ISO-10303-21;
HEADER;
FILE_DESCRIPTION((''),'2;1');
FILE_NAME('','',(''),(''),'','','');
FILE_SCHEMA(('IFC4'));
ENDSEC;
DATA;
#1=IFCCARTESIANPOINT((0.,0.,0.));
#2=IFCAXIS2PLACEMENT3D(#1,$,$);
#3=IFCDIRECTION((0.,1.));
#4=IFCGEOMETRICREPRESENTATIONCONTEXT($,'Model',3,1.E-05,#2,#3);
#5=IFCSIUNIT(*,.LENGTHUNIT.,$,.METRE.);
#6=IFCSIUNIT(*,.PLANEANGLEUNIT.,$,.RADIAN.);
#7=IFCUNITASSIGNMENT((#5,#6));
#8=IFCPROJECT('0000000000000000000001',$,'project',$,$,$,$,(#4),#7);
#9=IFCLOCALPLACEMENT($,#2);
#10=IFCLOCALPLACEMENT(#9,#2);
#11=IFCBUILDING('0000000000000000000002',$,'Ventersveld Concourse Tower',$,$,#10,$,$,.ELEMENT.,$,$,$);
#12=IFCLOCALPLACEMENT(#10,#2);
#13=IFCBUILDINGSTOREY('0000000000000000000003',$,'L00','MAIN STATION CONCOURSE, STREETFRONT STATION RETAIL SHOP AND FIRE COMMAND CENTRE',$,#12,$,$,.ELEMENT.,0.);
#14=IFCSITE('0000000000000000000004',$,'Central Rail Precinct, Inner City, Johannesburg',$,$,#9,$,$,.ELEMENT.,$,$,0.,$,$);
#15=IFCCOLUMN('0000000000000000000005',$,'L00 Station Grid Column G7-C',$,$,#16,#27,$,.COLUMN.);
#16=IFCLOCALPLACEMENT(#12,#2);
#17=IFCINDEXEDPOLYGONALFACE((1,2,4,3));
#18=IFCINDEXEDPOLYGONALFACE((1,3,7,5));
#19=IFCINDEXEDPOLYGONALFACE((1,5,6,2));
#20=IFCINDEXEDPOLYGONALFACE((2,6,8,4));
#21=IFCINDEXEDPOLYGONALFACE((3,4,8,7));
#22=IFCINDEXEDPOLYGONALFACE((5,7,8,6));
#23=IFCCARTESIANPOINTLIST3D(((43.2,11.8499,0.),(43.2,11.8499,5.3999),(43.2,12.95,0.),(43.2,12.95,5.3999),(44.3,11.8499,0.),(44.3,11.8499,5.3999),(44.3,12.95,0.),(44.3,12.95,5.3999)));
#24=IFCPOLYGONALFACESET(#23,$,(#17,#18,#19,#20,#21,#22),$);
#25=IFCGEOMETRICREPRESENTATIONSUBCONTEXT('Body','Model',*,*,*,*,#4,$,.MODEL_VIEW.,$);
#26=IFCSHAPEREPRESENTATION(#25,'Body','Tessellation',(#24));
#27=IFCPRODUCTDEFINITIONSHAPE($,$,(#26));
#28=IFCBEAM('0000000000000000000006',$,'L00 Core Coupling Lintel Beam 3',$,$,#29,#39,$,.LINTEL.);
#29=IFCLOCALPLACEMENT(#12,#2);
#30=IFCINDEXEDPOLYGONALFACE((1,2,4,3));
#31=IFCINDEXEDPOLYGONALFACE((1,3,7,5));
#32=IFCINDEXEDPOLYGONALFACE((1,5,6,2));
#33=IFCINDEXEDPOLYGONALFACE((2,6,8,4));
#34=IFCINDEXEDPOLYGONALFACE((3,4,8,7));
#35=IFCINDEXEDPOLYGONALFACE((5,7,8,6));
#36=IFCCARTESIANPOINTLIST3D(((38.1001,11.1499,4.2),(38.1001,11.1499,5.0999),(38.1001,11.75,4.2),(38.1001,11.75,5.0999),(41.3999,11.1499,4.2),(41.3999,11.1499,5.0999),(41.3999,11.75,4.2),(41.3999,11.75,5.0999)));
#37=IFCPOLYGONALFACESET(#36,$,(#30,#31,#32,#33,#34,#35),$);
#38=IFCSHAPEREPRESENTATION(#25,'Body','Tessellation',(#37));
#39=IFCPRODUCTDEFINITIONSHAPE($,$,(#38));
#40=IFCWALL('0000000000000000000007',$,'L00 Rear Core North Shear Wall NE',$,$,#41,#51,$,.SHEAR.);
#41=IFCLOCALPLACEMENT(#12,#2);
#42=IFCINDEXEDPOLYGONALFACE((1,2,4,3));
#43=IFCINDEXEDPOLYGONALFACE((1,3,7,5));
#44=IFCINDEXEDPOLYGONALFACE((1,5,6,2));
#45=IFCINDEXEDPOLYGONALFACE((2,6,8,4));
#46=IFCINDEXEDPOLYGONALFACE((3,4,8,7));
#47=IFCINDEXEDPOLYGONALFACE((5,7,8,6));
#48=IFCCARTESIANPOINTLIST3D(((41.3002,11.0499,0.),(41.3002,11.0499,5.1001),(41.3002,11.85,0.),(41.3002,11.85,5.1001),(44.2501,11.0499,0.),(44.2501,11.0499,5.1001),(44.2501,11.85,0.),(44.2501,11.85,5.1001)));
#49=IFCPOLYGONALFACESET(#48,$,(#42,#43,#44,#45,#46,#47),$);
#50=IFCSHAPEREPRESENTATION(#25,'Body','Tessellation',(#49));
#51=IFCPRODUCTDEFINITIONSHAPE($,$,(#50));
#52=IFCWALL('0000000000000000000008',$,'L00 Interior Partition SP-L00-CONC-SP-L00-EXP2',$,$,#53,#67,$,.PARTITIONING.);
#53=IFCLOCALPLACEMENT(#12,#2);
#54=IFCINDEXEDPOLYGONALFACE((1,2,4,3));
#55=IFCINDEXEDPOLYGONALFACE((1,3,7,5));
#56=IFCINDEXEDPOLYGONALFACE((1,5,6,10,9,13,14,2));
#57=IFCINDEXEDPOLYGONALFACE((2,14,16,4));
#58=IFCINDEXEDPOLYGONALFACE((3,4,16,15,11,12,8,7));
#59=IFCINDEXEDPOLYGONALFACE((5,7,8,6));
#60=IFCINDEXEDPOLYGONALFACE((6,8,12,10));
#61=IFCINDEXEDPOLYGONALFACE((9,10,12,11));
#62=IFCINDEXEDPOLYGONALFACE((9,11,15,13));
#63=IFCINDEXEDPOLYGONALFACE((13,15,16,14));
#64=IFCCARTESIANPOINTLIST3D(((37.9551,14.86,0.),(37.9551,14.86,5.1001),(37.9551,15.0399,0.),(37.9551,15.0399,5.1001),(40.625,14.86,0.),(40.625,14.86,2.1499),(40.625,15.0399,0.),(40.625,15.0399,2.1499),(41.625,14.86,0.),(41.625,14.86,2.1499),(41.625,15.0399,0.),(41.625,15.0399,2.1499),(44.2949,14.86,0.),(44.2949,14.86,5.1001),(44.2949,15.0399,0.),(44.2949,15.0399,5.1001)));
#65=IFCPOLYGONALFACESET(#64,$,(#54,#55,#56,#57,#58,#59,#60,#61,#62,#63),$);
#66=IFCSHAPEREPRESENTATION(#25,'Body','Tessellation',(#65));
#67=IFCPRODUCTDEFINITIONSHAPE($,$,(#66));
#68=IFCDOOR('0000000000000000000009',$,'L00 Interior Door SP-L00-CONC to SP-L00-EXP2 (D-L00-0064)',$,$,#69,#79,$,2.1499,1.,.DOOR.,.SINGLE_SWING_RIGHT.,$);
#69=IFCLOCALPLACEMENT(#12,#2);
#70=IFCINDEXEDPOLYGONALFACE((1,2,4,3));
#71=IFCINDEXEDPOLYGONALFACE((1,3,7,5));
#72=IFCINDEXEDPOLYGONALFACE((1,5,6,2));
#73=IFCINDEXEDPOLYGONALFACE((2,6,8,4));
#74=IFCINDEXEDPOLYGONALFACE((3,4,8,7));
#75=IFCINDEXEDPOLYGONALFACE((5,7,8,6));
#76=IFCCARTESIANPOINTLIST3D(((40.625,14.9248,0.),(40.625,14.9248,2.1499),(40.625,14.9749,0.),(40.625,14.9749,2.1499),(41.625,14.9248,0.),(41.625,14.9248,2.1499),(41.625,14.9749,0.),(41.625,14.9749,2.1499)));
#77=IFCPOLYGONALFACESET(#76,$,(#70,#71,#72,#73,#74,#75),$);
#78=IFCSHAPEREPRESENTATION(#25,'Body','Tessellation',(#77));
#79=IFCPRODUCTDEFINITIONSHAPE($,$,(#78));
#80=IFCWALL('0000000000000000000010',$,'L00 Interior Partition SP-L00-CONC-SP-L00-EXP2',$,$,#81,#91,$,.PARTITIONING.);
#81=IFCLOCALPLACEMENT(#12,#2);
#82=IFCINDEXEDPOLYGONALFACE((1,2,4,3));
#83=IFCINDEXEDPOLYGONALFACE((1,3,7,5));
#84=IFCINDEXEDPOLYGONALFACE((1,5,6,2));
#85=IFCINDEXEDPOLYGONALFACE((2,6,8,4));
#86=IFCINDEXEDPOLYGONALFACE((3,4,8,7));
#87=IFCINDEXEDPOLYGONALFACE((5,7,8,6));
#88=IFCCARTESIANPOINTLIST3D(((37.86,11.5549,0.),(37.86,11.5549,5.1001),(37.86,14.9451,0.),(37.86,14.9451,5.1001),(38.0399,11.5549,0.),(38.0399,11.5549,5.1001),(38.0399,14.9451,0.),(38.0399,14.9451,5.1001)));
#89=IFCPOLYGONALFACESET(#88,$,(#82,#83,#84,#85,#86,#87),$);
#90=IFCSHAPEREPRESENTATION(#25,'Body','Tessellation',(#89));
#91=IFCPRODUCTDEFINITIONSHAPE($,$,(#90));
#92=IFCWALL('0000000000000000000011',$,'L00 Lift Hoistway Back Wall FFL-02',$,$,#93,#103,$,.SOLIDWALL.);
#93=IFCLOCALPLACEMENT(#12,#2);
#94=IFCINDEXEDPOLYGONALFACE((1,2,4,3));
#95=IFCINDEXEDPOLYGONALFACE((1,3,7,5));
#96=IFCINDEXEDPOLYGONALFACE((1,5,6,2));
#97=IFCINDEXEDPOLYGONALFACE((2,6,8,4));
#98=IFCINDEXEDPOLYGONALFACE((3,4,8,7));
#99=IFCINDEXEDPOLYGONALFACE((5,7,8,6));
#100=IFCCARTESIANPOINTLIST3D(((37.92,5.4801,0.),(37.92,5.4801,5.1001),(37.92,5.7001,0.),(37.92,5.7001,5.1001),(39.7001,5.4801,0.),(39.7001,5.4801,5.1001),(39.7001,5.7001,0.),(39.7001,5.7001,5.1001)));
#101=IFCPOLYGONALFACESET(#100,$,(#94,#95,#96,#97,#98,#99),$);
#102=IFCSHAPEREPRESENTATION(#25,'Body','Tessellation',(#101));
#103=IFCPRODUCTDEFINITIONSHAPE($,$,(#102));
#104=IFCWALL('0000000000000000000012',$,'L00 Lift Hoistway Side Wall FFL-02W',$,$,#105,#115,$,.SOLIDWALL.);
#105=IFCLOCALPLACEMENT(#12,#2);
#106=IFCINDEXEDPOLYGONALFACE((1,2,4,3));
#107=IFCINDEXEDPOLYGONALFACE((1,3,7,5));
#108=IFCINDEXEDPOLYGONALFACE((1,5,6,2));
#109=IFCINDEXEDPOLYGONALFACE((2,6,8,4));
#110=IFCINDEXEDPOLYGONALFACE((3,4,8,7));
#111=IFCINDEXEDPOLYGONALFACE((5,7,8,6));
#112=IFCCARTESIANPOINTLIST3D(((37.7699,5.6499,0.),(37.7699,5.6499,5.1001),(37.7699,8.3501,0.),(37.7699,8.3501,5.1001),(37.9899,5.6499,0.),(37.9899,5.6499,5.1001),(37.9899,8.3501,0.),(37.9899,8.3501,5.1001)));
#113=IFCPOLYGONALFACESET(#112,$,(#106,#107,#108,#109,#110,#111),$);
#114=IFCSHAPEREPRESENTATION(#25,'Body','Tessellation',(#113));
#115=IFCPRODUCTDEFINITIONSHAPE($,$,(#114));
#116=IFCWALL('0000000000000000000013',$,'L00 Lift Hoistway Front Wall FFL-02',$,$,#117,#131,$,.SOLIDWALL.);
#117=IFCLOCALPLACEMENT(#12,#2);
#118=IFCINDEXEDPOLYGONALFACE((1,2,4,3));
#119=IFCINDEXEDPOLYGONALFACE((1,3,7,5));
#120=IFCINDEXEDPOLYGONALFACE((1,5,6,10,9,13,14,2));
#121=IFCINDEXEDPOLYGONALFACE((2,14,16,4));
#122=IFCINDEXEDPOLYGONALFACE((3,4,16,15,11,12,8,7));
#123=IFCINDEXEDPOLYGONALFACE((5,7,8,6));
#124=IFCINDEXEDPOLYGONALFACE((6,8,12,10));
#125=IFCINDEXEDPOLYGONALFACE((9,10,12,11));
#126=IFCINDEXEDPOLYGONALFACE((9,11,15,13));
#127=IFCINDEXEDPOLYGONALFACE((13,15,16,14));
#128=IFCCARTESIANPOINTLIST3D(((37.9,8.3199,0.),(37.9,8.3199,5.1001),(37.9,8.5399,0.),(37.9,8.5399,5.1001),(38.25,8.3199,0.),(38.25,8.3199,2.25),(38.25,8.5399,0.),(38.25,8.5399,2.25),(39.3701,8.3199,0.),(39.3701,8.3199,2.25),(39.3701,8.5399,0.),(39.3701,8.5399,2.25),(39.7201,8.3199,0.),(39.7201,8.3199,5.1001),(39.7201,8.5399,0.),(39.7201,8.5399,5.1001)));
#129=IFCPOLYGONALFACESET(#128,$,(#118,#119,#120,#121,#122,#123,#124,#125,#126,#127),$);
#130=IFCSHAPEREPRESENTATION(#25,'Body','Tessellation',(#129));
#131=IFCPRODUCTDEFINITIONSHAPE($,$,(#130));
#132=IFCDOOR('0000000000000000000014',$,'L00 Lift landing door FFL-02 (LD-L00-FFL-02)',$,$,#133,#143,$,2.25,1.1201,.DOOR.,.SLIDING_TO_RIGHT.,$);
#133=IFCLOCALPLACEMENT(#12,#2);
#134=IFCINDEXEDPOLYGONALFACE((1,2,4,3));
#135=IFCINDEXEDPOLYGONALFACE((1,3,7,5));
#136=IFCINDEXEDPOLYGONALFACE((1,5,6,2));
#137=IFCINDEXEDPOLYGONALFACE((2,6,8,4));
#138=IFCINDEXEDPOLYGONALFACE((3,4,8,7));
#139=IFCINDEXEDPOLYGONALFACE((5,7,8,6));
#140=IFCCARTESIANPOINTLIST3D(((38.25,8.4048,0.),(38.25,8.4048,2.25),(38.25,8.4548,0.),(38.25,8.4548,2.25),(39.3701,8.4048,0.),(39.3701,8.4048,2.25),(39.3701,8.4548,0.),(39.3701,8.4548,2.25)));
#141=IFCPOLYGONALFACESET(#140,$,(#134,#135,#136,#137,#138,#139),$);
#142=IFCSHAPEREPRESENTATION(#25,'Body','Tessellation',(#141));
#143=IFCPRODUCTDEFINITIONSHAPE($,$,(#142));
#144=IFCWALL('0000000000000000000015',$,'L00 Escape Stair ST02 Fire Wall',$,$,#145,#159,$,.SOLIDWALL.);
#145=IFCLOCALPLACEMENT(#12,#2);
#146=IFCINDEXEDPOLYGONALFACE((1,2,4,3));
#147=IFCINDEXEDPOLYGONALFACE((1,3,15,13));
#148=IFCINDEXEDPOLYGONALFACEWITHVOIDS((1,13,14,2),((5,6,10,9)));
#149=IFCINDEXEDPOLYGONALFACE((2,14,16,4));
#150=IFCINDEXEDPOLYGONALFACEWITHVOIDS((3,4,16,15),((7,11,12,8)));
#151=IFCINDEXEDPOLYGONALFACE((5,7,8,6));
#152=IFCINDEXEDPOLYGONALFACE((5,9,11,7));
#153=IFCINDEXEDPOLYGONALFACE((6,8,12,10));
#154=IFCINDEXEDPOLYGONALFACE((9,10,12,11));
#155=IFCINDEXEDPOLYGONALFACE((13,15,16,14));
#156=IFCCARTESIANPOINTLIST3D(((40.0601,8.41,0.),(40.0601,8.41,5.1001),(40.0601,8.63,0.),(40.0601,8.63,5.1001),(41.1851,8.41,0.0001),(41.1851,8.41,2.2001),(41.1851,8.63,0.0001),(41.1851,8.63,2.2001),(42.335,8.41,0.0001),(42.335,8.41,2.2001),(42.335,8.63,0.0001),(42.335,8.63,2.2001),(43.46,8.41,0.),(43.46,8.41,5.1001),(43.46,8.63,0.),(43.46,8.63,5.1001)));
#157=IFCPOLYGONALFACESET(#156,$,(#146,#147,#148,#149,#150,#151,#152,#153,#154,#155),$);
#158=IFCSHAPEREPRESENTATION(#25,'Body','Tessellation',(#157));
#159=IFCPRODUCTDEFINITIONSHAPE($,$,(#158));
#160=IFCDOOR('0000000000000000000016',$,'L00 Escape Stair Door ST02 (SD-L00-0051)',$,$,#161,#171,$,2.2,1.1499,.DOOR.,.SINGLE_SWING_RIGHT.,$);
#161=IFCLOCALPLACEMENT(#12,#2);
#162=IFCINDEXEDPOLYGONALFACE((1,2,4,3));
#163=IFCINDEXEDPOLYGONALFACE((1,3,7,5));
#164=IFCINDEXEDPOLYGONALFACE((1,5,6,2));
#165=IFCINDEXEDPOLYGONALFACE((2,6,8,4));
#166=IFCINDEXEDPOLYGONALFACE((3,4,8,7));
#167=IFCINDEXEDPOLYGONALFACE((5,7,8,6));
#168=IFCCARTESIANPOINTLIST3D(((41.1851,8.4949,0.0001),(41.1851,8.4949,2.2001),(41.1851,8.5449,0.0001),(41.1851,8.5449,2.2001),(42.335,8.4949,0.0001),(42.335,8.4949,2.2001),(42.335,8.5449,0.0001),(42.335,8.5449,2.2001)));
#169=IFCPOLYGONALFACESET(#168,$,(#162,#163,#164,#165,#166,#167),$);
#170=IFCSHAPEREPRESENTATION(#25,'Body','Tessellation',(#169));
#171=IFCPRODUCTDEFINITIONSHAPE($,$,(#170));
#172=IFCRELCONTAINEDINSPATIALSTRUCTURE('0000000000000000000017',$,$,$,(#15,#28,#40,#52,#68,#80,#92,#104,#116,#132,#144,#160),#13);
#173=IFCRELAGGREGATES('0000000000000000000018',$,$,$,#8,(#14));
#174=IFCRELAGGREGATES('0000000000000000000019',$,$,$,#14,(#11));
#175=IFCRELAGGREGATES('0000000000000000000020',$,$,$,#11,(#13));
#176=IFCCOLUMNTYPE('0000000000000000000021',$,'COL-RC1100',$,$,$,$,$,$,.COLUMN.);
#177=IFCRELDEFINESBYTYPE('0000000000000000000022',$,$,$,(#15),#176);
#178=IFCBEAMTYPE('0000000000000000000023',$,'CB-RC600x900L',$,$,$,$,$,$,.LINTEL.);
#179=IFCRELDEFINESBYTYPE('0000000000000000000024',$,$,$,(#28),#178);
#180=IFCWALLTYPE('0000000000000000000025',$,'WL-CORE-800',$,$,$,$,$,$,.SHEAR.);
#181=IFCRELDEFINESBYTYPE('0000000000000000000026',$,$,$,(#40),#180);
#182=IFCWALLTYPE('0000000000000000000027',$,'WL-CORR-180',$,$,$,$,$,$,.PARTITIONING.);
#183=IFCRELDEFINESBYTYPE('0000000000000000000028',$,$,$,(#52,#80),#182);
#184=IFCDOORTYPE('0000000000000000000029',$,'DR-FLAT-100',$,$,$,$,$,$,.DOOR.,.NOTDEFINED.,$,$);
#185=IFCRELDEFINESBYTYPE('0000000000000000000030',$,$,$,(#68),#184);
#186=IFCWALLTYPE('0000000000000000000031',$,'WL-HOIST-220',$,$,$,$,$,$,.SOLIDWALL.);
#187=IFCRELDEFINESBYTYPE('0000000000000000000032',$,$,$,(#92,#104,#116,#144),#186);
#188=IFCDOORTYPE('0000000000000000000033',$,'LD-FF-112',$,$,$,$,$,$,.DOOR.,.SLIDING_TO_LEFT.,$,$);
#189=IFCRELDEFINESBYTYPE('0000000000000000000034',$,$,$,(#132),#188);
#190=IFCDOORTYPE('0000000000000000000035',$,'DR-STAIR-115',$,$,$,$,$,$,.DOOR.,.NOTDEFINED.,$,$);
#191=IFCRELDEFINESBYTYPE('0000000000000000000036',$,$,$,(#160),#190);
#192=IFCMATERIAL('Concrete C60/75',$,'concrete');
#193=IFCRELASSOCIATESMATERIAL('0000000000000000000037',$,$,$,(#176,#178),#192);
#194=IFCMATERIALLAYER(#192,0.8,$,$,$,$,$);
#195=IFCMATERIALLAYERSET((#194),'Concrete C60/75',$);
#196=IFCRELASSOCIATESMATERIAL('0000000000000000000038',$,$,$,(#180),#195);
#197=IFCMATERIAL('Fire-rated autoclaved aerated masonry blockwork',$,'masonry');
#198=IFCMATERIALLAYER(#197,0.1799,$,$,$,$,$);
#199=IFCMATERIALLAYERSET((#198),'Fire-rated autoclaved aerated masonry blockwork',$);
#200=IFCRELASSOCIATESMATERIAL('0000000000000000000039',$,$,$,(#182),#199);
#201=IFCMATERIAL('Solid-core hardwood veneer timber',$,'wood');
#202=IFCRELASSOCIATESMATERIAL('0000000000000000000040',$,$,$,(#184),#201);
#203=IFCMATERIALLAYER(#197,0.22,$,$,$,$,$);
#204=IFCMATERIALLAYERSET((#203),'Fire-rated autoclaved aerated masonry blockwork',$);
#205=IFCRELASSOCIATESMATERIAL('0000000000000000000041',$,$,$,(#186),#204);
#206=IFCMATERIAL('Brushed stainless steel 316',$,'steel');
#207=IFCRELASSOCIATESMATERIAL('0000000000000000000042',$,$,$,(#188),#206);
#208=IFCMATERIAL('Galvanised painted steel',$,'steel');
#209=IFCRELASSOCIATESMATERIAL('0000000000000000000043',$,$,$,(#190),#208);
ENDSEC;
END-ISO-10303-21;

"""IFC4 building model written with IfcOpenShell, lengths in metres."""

from ifc_helpers import new_model, si_unit, direction, frame, frame_2d, origin, origin_2d, place, context, subcontext, project, spatial, rectangle, extrude, material, layer, layer_set, material_profile, profile_set, type_object, element, fill, save


model = new_model("IFC4")

# Units and contexts
model_context = context("Model", 3, precision=1e-05, world=origin(), true_north=direction((0.0, 1.0)))
body_context = subcontext(model_context, "Body", "Model", "MODEL_VIEW")
ifc_project = project(units=[si_unit("LENGTHUNIT", "METRE"), si_unit("PLANEANGLEUNIT", "RADIAN")], contexts=[model_context])

# Site, building, storey
site_placement = place(None, origin())
site = spatial("IfcSite", under=ifc_project, at=site_placement, Name="Central Rail Precinct, Inner City, Johannesburg", CompositionType="ELEMENT", RefElevation=0.0)
building_placement = place(site_placement, origin())
building = spatial("IfcBuilding", under=site, at=building_placement, Name="Ventersveld Concourse Tower", CompositionType="ELEMENT")
storey_placement = place(building_placement, origin())
storey = spatial("IfcBuildingStorey", under=building, at=storey_placement, Name="L00", Description="MAIN STATION CONCOURSE, STREETFRONT STATION RETAIL SHOP AND FIRE COMMAND CENTRE", CompositionType="ELEMENT", Elevation=0.0)

# Column
ifc_material_1 = material(Name="Concrete C60/75", Category="concrete")
ifc_material_profile_1 = material_profile(ifc_material_1, rectangle(XDim=1.1001, YDim=1.1001, at=origin_2d()), Name="RC 1100x1100")
ifc_profile_set_1 = profile_set([ifc_material_profile_1], Name="Concrete C60/75")
column_type = type_object("IfcColumnType", Name="COL-RC1100", PredefinedType="COLUMN", material=ifc_profile_set_1)
column_placement = place(storey_placement, frame((43.75, 12.3999, 0.0), z_axis=(0.0, 0.0, 1.0), x_axis=(1.0, 0.0, 0.0)))
element("IfcColumn", 1, at=column_placement, inside=storey, type_object=column_type, Name="L00 Station Grid Column G7-C", PredefinedType="COLUMN", context=body_context, shape_type="SweptSolid", body=[
    extrude(rectangle(XDim=1.1001, YDim=1.1001, at=origin_2d()), origin(), (0.0, 0.0, 1.0), 5.3999),
])

# Beam
ifc_material_profile_2 = material_profile(ifc_material_1, rectangle(XDim=0.6001, YDim=0.8999, at=origin_2d()), Name="RC 600x900")
ifc_profile_set_2 = profile_set([ifc_material_profile_2], Name="Concrete C60/75")
beam_type = type_object("IfcBeamType", Name="CB-RC600x900L", PredefinedType="LINTEL", material=ifc_profile_set_2)
beam_placement = place(storey_placement, frame((38.1001, 11.45, 4.6499), z_axis=(1.0, 0.0, 0.0), x_axis=(0.0, 1.0, 0.0)))
element("IfcBeam", 2, at=beam_placement, inside=storey, type_object=beam_type, Name="L00 Core Coupling Lintel Beam 3", PredefinedType="LINTEL", context=body_context, shape_type="SweptSolid", body=[
    extrude(rectangle(XDim=0.6001, YDim=0.8999, at=origin_2d()), origin(), (0.0, 0.0, 1.0), 3.2998),
])

# Wall
ifc_layer_1 = layer(ifc_material_1, 0.8)
ifc_layer_set_1 = layer_set([ifc_layer_1], Name="Concrete C60/75")
wall_type_1 = type_object("IfcWallType", Name="WL-CORE-800", PredefinedType="SHEAR", material=ifc_layer_set_1)
wall_1_placement = place(storey_placement, frame((41.3, 11.45, 0.0), z_axis=(0.0, 0.0, 1.0), x_axis=(1.0, 0.0, 0.0)))
element("IfcWall", 3, at=wall_1_placement, inside=storey, type_object=wall_type_1, Name="L00 Rear Core North Shear Wall NE", PredefinedType="SHEAR", context=body_context, shape_type="SweptSolid", body=[
    extrude(rectangle(XDim=2.95, YDim=0.8, at=frame_2d((1.4751, 0.0))), origin(), (0.0, 0.0, 1.0), 5.1001),
])

# Wall, opening, door
ifc_material_2 = material(Name="Fire-rated autoclaved aerated masonry blockwork", Category="masonry")
ifc_layer_2 = layer(ifc_material_2, 0.1799)
ifc_layer_set_2 = layer_set([ifc_layer_2], Name="Fire-rated autoclaved aerated masonry blockwork")
wall_type_2 = type_object("IfcWallType", Name="WL-CORR-180", PredefinedType="PARTITIONING", material=ifc_layer_set_2)
wall_2_placement = place(storey_placement, frame((37.9551, 14.95, 0.0), z_axis=(0.0, 0.0, 1.0), x_axis=(1.0, 0.0, 0.0)))
wall_2 = element("IfcWall", 4, at=wall_2_placement, inside=storey, type_object=wall_type_2, Name="L00 Interior Partition SP-L00-CONC-SP-L00-EXP2", PredefinedType="PARTITIONING", context=body_context, shape_type="SweptSolid", body=[
    extrude(rectangle(XDim=6.3398, YDim=0.1799, at=frame_2d((3.1699, 0.0))), origin(), (0.0, 0.0, 1.0), 5.1001),
])
opening_1_placement = place(wall_2_placement, frame((2.6699, 0.0, 0.0)))
opening_1 = element("IfcOpeningElement", 5, at=opening_1_placement, cuts=wall_2, PredefinedType="OPENING", context=body_context, shape_type="SweptSolid", body=[
    extrude(rectangle(XDim=1.0, YDim=2.1499, at=frame_2d((0.5, 1.075))), frame((0.0, 0.1001, 0.0), z_axis=(0.0, -1.0, 0.0), x_axis=(1.0, 0.0, 0.0)), (0.0, 0.0, 1.0), 0.2),
])
ifc_material_3 = material(Name="Solid-core hardwood veneer timber", Category="wood")
door_type_1 = type_object("IfcDoorType", Name="DR-FLAT-100", OperationType="NOTDEFINED", PredefinedType="DOOR", material=ifc_material_3)
door_1_placement = place(opening_1_placement, origin())
door_1 = element("IfcDoor", 6, at=door_1_placement, inside=storey, type_object=door_type_1, Name="L00 Interior Door SP-L00-CONC to SP-L00-EXP2 (D-L00-0064)", OperationType="SINGLE_SWING_RIGHT", OverallHeight=2.1499, OverallWidth=1.0, PredefinedType="DOOR", context=body_context, shape_type="SweptSolid", body=[
    extrude(rectangle(XDim=1.0, YDim=2.1499, at=frame_2d((0.5, 1.075))), frame((0.0, 0.0249, 0.0), z_axis=(0.0, -1.0, 0.0), x_axis=(1.0, 0.0, 0.0)), (0.0, 0.0, 1.0), 0.05),
])
fill(opening_1, door_1)

# Walls
wall_3_placement = place(storey_placement, frame((37.95, 11.5549, 0.0), z_axis=(0.0, 0.0, 1.0), x_axis=(0.0, 1.0, 0.0)))
element("IfcWall", 7, at=wall_3_placement, inside=storey, type_object=wall_type_2, Name="L00 Interior Partition SP-L00-CONC-SP-L00-EXP2", PredefinedType="PARTITIONING", context=body_context, shape_type="SweptSolid", body=[
    extrude(rectangle(XDim=3.3901, YDim=0.1799, at=frame_2d((1.6951, 0.0))), origin(), (0.0, 0.0, 1.0), 5.1001),
])
ifc_layer_3 = layer(ifc_material_2, 0.22)
ifc_layer_set_3 = layer_set([ifc_layer_3], Name="Fire-rated autoclaved aerated masonry blockwork")
wall_type_3 = type_object("IfcWallType", Name="WL-HOIST-220", PredefinedType="SOLIDWALL", material=ifc_layer_set_3)
wall_4_placement = place(storey_placement, frame((37.9199, 5.5901, 0.0), z_axis=(0.0, 0.0, 1.0), x_axis=(1.0, 0.0, 0.0)))
element("IfcWall", 8, at=wall_4_placement, inside=storey, type_object=wall_type_3, Name="L00 Lift Hoistway Back Wall FFL-02", PredefinedType="SOLIDWALL", context=body_context, shape_type="SweptSolid", body=[
    extrude(rectangle(XDim=1.78, YDim=0.22, at=frame_2d((0.8901, 0.0))), origin(), (0.0, 0.0, 1.0), 5.1001),
])
wall_5_placement = place(storey_placement, frame((37.8799, 5.6499, 0.0), z_axis=(0.0, 0.0, 1.0), x_axis=(0.0, 1.0, 0.0)))
element("IfcWall", 9, at=wall_5_placement, inside=storey, type_object=wall_type_3, Name="L00 Lift Hoistway Side Wall FFL-02W", PredefinedType="SOLIDWALL", context=body_context, shape_type="SweptSolid", body=[
    extrude(rectangle(XDim=2.7002, YDim=0.22, at=frame_2d((1.3501, 0.0))), origin(), (0.0, 0.0, 1.0), 5.1001),
])

# Walls, openings, doors
wall_6_placement = place(storey_placement, frame((37.8999, 8.4299, 0.0), z_axis=(0.0, 0.0, 1.0), x_axis=(1.0, 0.0, 0.0)))
wall_6 = element("IfcWall", 10, at=wall_6_placement, inside=storey, type_object=wall_type_3, Name="L00 Lift Hoistway Front Wall FFL-02", PredefinedType="SOLIDWALL", context=body_context, shape_type="SweptSolid", body=[
    extrude(rectangle(XDim=1.8201, YDim=0.22, at=frame_2d((0.9102, 0.0))), origin(), (0.0, 0.0, 1.0), 5.1001),
])
opening_2_placement = place(wall_6_placement, frame((0.3501, 0.0, 0.0)))
opening_2 = element("IfcOpeningElement", 11, at=opening_2_placement, cuts=wall_6, PredefinedType="OPENING", context=body_context, shape_type="SweptSolid", body=[
    extrude(rectangle(XDim=1.1201, YDim=2.25, at=frame_2d((0.5601, 1.125))), frame((0.0, 0.1201, 0.0), z_axis=(0.0, -1.0, 0.0), x_axis=(1.0, 0.0, 0.0)), (0.0, 0.0, 1.0), 0.24),
])
ifc_material_4 = material(Name="Brushed stainless steel 316", Category="steel")
door_type_2 = type_object("IfcDoorType", Name="LD-FF-112", OperationType="SLIDING_TO_LEFT", PredefinedType="DOOR", material=ifc_material_4)
door_2_placement = place(opening_2_placement, origin())
door_2 = element("IfcDoor", 12, at=door_2_placement, inside=storey, type_object=door_type_2, Name="L00 Lift landing door FFL-02 (LD-L00-FFL-02)", OperationType="SLIDING_TO_RIGHT", OverallHeight=2.25, OverallWidth=1.1201, PredefinedType="DOOR", context=body_context, shape_type="SweptSolid", body=[
    extrude(rectangle(XDim=1.1201, YDim=2.25, at=frame_2d((0.5601, 1.125))), frame((0.0, 0.0249, 0.0), z_axis=(0.0, -1.0, 0.0), x_axis=(1.0, 0.0, 0.0)), (0.0, 0.0, 1.0), 0.05),
])
fill(opening_2, door_2)
wall_7_placement = place(storey_placement, frame((40.0601, 8.52, 0.0), z_axis=(0.0, 0.0, 1.0), x_axis=(1.0, 0.0, 0.0)))
wall_7 = element("IfcWall", 13, at=wall_7_placement, inside=storey, type_object=wall_type_3, Name="L00 Escape Stair ST02 Fire Wall", PredefinedType="SOLIDWALL", context=body_context, shape_type="SweptSolid", body=[
    extrude(rectangle(XDim=3.3999, YDim=0.22, at=frame_2d((1.7, 0.0))), origin(), (0.0, 0.0, 1.0), 5.1001),
])
opening_3_placement = place(wall_7_placement, frame((1.125, 0.0, 0.0)))
opening_3 = element("IfcOpeningElement", 14, at=opening_3_placement, cuts=wall_7, PredefinedType="OPENING", context=body_context, shape_type="SweptSolid", body=[
    extrude(rectangle(XDim=1.1499, YDim=2.2, at=frame_2d((0.575, 1.1001))), frame((0.0, 0.1201, 0.0), z_axis=(0.0, -1.0, 0.0), x_axis=(1.0, 0.0, 0.0)), (0.0, 0.0, 1.0), 0.24),
])
ifc_material_5 = material(Name="Galvanised painted steel", Category="steel")
door_type_3 = type_object("IfcDoorType", Name="DR-STAIR-115", OperationType="NOTDEFINED", PredefinedType="DOOR", material=ifc_material_5)
door_3_placement = place(opening_3_placement, origin())
door_3 = element("IfcDoor", 15, at=door_3_placement, inside=storey, type_object=door_type_3, Name="L00 Escape Stair Door ST02 (SD-L00-0051)", OperationType="SINGLE_SWING_RIGHT", OverallHeight=2.2, OverallWidth=1.1499, PredefinedType="DOOR", context=body_context, shape_type="SweptSolid", body=[
    extrude(rectangle(XDim=1.1499, YDim=2.2, at=frame_2d((0.575, 1.1001))), frame((0.0, 0.0249, 0.0), z_axis=(0.0, -1.0, 0.0), x_axis=(1.0, 0.0, 0.0)), (0.0, 0.0, 1.0), 0.05),
])
fill(opening_3, door_3)

save(model, "model.ifc")
